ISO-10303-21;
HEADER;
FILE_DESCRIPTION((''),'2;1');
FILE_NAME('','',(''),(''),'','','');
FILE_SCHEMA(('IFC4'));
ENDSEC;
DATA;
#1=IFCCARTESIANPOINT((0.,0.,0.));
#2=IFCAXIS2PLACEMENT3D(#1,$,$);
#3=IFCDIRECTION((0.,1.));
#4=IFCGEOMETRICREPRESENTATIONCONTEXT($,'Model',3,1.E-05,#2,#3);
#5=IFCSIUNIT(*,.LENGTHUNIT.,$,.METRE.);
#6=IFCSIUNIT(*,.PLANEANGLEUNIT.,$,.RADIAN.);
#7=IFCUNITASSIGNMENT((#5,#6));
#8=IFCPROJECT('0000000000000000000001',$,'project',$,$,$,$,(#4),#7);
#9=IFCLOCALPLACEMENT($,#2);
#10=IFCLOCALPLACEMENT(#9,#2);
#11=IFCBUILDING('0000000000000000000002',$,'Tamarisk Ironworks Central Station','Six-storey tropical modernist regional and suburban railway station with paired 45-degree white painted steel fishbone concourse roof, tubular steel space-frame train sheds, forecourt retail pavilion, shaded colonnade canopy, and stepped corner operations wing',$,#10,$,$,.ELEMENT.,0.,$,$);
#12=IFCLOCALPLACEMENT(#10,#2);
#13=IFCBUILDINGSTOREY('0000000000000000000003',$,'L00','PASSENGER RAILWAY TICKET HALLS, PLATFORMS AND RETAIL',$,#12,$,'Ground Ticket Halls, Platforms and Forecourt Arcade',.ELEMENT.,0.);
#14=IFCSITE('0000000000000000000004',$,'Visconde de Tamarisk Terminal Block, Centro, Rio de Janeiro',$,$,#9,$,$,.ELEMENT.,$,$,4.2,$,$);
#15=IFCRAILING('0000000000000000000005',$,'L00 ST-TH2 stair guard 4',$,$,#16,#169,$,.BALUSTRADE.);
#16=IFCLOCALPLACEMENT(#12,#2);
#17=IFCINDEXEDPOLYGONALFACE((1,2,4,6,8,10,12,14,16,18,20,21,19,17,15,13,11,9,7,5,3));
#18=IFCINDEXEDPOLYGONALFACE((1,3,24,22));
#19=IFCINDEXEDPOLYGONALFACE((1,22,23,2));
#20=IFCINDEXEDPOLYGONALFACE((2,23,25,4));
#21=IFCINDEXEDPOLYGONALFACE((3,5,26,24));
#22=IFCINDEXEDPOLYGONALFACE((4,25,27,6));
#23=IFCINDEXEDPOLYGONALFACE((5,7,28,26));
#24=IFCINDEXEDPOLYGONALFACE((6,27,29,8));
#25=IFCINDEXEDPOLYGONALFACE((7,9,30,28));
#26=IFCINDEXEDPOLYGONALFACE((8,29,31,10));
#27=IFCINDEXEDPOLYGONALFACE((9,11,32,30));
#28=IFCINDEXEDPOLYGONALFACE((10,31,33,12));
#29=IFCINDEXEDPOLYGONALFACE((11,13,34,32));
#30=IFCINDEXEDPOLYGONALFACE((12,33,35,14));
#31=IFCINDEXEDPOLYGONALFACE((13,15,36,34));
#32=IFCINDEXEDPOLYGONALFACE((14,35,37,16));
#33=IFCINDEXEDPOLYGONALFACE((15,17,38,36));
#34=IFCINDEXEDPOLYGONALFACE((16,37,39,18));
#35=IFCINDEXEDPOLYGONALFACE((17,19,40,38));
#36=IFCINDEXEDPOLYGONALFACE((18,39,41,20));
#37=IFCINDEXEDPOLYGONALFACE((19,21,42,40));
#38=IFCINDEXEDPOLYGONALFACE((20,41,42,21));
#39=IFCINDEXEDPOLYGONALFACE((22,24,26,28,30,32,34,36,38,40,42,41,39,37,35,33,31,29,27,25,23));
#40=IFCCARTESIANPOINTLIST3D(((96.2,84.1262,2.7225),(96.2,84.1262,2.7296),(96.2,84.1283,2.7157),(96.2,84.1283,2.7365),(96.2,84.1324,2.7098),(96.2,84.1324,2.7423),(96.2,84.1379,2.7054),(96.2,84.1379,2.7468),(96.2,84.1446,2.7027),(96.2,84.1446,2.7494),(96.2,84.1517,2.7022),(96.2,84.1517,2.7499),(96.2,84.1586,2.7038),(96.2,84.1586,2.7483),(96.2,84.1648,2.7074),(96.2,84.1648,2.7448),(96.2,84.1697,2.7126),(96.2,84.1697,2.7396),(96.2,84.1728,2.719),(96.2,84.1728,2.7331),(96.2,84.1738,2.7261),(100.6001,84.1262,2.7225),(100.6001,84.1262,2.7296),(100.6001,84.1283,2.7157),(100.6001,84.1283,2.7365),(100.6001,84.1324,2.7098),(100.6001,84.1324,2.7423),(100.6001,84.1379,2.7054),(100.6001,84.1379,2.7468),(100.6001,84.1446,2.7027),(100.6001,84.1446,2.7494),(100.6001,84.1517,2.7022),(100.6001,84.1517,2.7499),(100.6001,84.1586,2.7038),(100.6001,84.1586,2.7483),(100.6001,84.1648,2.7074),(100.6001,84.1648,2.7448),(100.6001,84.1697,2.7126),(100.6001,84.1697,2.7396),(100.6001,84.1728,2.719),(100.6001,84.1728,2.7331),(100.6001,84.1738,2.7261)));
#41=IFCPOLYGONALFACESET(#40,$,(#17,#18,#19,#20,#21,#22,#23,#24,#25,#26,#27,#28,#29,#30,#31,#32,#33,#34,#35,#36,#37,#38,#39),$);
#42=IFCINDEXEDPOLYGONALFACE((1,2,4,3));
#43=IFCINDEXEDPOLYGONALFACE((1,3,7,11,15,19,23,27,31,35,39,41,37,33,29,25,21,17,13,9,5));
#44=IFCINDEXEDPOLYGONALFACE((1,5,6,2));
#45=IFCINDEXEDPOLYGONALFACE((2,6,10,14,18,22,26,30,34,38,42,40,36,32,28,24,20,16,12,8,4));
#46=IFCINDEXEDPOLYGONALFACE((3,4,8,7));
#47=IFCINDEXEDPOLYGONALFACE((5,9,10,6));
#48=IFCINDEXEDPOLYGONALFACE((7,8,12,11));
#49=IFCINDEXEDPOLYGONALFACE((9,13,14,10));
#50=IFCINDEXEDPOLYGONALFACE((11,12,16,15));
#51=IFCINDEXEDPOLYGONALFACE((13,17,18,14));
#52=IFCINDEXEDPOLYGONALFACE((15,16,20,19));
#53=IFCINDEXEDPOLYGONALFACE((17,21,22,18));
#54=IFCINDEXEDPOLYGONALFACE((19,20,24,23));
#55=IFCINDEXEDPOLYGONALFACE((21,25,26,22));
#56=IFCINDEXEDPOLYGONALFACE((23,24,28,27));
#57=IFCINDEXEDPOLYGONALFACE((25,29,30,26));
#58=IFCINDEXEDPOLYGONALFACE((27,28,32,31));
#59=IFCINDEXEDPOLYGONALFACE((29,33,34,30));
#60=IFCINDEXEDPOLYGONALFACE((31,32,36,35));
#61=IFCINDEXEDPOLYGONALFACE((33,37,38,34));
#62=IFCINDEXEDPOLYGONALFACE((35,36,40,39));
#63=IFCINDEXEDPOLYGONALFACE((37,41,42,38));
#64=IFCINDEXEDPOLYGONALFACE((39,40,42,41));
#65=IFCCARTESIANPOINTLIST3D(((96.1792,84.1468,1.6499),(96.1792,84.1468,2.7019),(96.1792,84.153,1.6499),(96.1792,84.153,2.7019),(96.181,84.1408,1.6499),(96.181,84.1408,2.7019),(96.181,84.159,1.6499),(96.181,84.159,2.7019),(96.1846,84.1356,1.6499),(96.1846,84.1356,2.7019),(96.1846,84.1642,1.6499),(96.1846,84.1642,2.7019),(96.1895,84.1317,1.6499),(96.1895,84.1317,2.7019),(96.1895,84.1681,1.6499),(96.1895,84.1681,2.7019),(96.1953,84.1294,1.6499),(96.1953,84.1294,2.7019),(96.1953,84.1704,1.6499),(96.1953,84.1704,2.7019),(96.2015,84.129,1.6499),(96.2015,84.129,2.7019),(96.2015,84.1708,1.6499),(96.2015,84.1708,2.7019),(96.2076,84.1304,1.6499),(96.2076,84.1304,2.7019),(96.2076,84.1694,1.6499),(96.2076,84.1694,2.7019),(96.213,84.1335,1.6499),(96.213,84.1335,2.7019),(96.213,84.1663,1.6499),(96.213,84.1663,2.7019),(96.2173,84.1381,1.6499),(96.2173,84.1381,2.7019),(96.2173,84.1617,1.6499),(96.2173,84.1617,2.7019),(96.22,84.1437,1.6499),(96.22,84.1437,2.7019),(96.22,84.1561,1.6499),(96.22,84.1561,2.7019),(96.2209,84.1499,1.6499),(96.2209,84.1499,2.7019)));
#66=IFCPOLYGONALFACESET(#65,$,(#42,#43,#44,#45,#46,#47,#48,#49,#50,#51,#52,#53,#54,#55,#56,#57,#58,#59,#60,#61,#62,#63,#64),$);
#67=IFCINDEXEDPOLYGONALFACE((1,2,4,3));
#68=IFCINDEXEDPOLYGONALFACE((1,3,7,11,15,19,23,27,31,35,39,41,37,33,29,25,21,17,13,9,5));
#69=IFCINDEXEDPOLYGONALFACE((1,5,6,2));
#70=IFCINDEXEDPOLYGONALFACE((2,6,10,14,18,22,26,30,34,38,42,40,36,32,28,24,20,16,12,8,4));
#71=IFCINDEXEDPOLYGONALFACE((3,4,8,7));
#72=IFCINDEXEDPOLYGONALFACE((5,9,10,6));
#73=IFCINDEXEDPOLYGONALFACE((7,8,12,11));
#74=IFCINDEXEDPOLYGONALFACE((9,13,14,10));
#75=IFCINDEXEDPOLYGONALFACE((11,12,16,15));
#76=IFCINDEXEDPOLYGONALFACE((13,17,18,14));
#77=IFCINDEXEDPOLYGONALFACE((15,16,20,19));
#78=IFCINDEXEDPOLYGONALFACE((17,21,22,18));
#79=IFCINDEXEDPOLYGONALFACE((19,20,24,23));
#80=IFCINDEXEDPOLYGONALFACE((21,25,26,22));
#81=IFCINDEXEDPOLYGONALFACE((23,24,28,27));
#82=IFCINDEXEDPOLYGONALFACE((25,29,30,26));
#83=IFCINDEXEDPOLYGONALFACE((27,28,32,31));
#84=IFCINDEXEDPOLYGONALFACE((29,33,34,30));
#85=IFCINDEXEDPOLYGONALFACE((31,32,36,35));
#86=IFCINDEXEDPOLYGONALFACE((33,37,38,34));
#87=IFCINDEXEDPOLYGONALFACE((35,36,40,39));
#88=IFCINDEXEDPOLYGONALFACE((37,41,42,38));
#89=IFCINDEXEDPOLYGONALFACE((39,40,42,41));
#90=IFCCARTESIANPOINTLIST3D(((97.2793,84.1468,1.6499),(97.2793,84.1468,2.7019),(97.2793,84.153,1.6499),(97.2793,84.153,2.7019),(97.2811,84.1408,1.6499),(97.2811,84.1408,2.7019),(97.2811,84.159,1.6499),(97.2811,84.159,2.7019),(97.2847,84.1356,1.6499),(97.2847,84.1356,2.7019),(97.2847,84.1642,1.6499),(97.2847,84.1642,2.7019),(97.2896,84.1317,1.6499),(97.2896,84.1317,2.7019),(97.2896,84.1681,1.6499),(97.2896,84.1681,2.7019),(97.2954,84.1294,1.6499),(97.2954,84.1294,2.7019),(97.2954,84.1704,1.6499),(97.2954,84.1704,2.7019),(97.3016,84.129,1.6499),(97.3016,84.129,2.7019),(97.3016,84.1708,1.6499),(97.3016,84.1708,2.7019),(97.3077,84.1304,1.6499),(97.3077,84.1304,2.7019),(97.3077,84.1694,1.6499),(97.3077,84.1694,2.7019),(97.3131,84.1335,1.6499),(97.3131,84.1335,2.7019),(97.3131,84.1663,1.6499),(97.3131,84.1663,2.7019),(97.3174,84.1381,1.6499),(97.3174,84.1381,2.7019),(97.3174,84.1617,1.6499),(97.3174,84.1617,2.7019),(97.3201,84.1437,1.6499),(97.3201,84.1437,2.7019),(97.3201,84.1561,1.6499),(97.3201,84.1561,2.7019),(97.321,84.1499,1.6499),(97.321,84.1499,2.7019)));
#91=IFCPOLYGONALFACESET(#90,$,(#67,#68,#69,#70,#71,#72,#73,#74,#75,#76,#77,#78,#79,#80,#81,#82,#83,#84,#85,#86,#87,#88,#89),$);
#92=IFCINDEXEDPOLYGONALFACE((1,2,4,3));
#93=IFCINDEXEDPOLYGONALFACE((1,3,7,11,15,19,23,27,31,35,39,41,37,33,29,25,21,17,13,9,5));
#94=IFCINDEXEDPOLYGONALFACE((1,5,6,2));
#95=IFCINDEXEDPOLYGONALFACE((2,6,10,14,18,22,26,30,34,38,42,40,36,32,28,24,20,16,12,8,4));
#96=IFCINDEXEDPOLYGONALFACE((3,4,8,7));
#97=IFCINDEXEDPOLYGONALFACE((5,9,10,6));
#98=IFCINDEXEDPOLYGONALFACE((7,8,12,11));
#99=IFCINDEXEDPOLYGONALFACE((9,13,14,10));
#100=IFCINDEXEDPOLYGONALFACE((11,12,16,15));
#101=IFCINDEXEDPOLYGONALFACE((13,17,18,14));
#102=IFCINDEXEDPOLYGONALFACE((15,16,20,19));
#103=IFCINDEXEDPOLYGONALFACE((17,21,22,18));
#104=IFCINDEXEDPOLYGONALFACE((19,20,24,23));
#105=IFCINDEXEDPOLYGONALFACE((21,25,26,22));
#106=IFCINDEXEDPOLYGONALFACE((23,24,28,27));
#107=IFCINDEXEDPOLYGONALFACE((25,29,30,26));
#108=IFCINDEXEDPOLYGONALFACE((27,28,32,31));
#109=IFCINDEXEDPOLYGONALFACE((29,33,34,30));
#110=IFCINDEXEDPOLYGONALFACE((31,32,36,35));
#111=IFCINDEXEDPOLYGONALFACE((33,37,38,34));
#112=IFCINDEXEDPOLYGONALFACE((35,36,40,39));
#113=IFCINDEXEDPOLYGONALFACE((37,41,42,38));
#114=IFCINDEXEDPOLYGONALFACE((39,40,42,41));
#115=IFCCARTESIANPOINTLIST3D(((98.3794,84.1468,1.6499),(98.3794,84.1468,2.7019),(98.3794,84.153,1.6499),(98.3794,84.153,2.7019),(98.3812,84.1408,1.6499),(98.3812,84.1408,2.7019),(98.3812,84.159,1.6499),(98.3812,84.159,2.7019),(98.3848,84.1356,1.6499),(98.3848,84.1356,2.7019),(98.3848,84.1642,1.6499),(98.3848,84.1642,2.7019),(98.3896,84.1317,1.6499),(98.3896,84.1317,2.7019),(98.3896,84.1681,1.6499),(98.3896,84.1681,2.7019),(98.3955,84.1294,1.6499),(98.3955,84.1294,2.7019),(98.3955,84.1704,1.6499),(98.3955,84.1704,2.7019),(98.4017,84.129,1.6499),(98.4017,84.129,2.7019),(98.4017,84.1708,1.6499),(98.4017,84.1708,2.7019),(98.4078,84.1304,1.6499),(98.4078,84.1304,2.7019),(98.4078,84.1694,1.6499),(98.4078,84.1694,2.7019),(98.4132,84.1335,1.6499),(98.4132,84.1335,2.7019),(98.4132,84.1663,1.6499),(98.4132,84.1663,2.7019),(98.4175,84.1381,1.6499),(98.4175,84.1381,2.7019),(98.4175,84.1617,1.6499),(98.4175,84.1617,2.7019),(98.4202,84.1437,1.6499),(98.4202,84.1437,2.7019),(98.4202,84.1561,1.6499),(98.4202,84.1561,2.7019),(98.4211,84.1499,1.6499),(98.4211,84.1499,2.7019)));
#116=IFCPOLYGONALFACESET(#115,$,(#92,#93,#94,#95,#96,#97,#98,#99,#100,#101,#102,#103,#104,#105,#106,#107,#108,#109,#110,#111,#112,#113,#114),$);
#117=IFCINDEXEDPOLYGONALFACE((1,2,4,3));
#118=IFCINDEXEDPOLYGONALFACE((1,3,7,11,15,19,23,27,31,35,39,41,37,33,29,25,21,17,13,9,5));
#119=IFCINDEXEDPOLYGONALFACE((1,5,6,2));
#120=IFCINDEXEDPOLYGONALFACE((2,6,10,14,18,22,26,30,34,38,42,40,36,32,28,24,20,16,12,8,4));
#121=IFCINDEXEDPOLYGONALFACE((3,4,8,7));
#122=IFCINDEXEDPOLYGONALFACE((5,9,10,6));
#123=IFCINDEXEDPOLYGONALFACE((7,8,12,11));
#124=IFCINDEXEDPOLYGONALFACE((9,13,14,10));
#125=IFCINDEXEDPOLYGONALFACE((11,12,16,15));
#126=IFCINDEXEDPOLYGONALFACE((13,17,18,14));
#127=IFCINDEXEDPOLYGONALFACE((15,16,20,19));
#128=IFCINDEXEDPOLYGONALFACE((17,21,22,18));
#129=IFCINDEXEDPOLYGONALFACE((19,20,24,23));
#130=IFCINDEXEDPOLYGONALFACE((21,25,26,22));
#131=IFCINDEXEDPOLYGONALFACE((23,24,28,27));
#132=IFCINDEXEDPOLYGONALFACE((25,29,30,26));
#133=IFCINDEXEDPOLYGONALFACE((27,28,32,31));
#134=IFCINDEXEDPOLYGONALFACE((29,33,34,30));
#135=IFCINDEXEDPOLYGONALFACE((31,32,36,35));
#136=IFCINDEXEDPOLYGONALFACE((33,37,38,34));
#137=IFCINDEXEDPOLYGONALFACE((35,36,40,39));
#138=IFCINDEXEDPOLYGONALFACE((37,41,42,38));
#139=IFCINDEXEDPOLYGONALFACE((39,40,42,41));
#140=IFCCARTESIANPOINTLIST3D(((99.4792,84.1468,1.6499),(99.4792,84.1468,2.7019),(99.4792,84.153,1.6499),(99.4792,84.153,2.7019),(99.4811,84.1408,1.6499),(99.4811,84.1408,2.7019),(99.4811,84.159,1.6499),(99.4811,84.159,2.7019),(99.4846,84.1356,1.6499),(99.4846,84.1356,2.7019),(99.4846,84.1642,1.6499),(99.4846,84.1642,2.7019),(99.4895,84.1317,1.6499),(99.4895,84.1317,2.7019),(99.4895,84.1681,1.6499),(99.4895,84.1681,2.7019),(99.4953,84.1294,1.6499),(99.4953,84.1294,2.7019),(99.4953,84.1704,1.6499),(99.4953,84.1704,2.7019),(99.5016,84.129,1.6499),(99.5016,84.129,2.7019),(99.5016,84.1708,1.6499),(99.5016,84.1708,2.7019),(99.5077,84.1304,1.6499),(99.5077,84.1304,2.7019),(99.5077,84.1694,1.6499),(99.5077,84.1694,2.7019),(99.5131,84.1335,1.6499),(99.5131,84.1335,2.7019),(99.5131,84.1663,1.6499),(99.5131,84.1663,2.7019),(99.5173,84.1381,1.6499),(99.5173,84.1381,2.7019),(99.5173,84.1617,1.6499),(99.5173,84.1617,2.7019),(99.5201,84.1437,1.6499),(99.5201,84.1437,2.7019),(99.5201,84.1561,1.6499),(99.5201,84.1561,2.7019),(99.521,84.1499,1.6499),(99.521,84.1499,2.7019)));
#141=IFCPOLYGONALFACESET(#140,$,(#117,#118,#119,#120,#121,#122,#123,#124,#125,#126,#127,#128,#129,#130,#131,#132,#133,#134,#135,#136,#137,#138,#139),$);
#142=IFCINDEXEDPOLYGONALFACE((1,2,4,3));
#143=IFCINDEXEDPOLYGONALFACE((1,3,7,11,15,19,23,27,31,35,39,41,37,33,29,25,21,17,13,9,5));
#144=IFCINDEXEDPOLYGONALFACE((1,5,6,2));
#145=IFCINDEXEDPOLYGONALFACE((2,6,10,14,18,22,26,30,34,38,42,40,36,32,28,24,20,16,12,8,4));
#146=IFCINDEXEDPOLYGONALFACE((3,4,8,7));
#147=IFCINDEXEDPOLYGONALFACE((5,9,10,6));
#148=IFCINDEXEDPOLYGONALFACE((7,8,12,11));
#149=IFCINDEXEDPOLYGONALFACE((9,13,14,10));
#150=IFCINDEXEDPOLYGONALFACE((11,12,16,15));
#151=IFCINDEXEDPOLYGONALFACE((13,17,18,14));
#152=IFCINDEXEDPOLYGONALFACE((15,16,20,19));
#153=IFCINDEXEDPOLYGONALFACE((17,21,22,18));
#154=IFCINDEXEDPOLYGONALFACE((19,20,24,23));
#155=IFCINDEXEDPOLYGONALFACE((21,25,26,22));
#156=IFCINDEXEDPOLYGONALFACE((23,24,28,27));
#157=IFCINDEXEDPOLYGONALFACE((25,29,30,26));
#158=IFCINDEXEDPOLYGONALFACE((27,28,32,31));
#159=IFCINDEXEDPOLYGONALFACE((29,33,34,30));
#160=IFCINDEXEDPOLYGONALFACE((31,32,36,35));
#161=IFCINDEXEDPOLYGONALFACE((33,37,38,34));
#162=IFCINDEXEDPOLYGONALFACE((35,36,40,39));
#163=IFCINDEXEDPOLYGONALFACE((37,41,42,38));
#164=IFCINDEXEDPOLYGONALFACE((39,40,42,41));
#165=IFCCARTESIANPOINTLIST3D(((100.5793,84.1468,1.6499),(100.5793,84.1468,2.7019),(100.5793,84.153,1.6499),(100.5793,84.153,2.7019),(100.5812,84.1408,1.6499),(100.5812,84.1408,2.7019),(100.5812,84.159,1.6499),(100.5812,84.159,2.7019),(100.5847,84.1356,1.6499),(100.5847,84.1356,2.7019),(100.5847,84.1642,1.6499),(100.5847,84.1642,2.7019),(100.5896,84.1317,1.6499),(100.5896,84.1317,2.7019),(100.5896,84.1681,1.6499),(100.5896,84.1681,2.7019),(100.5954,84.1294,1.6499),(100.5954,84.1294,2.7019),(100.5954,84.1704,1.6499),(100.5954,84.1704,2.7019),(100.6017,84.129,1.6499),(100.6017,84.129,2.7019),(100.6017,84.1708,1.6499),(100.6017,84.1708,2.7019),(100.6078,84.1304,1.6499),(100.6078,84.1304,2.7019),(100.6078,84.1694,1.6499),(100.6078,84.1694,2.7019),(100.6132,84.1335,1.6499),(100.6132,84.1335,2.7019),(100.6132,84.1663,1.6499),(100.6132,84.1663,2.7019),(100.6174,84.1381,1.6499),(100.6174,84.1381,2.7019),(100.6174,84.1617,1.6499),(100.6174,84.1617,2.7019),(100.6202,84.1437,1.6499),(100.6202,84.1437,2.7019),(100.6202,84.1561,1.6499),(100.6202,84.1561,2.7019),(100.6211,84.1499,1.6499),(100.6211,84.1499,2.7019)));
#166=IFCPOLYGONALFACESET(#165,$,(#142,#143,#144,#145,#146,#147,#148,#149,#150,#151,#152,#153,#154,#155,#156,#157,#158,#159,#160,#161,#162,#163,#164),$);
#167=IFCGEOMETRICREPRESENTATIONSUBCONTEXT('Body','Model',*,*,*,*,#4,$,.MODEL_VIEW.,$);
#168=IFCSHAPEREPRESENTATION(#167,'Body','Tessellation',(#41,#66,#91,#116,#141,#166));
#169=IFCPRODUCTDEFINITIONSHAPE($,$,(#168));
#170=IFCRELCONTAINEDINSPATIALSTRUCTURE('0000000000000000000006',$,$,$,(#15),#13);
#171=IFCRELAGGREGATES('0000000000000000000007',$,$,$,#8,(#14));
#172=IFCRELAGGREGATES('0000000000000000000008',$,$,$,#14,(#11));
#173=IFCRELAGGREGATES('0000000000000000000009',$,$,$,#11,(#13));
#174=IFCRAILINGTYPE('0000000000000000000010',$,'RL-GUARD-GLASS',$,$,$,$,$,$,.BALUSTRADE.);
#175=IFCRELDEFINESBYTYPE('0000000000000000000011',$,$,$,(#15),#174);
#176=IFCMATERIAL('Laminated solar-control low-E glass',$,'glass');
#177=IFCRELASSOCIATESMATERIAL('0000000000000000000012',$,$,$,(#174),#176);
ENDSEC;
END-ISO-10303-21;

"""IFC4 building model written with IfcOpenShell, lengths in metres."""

from ifc_helpers import new_model, si_unit, direction, frame, origin, origin_2d, place, context, subcontext, project, spatial, circle, extrude, material, type_object, element, save


model = new_model("IFC4")

# Units and contexts
model_context = context("Model", 3, precision=1e-05, world=origin(), true_north=direction((0.0, 1.0)))
body_context = subcontext(model_context, "Body", "Model", "MODEL_VIEW")
ifc_project = project(units=[si_unit("LENGTHUNIT", "METRE"), si_unit("PLANEANGLEUNIT", "RADIAN")], contexts=[model_context])

# Site, building, storey
site_placement = place(None, origin())
site = spatial("IfcSite", under=ifc_project, at=site_placement, Name="Visconde de Tamarisk Terminal Block, Centro, Rio de Janeiro", CompositionType="ELEMENT", RefElevation=4.2)
building_placement = place(site_placement, origin())
building = spatial("IfcBuilding", under=site, at=building_placement, Name="Tamarisk Ironworks Central Station", Description="Six-storey tropical modernist regional and suburban railway station with paired 45-degree white painted steel fishbone concourse roof, tubular steel space-frame train sheds, forecourt retail pavilion, shaded colonnade canopy, and stepped corner operations wing", CompositionType="ELEMENT", ElevationOfRefHeight=0.0)
storey_placement = place(building_placement, origin())
storey = spatial("IfcBuildingStorey", under=building, at=storey_placement, Name="L00", Description="PASSENGER RAILWAY TICKET HALLS, PLATFORMS AND RETAIL", LongName="Ground Ticket Halls, Platforms and Forecourt Arcade", CompositionType="ELEMENT", Elevation=0.0)

# Railing
ifc_material_1 = material(Name="Laminated solar-control low-E glass", Category="glass")
railing_type_1 = type_object("IfcRailingType", Name="RL-GUARD-GLASS", PredefinedType="BALUSTRADE", material=ifc_material_1)
for number, where, name in (
    (1, (96.2, 84.1499, 1.6499), "L00 ST-TH2 stair guard 4"),
):
    element("IfcRailing", number, at=place(storey_placement, frame(where)), inside=storey, type_object=railing_type_1, Name=name, PredefinedType="BALUSTRADE", context=body_context, shape_type="SweptSolid", body=[
        extrude(circle(Radius=0.0239, at=origin_2d()), frame((0.0, 0.0, 1.0762), z_axis=(1.0, 0.0, 0.0), x_axis=(0.0, 1.0, 0.0)), (0.0, 0.0, 1.0), 4.4001),
        extrude(circle(Radius=0.021, at=origin_2d()), origin(), (0.0, 0.0, 1.0), 1.052),
        extrude(circle(Radius=0.021, at=origin_2d()), frame((1.1001, 0.0, 0.0)), (0.0, 0.0, 1.0), 1.052),
        extrude(circle(Radius=0.021, at=origin_2d()), frame((2.2002, 0.0, 0.0)), (0.0, 0.0, 1.0), 1.052),
        extrude(circle(Radius=0.021, at=origin_2d()), frame((3.3, 0.0, 0.0)), (0.0, 0.0, 1.0), 1.052),
        extrude(circle(Radius=0.021, at=origin_2d()), frame((4.4001, 0.0, 0.0)), (0.0, 0.0, 1.0), 1.052),
    ])

save(model, "model.ifc")
